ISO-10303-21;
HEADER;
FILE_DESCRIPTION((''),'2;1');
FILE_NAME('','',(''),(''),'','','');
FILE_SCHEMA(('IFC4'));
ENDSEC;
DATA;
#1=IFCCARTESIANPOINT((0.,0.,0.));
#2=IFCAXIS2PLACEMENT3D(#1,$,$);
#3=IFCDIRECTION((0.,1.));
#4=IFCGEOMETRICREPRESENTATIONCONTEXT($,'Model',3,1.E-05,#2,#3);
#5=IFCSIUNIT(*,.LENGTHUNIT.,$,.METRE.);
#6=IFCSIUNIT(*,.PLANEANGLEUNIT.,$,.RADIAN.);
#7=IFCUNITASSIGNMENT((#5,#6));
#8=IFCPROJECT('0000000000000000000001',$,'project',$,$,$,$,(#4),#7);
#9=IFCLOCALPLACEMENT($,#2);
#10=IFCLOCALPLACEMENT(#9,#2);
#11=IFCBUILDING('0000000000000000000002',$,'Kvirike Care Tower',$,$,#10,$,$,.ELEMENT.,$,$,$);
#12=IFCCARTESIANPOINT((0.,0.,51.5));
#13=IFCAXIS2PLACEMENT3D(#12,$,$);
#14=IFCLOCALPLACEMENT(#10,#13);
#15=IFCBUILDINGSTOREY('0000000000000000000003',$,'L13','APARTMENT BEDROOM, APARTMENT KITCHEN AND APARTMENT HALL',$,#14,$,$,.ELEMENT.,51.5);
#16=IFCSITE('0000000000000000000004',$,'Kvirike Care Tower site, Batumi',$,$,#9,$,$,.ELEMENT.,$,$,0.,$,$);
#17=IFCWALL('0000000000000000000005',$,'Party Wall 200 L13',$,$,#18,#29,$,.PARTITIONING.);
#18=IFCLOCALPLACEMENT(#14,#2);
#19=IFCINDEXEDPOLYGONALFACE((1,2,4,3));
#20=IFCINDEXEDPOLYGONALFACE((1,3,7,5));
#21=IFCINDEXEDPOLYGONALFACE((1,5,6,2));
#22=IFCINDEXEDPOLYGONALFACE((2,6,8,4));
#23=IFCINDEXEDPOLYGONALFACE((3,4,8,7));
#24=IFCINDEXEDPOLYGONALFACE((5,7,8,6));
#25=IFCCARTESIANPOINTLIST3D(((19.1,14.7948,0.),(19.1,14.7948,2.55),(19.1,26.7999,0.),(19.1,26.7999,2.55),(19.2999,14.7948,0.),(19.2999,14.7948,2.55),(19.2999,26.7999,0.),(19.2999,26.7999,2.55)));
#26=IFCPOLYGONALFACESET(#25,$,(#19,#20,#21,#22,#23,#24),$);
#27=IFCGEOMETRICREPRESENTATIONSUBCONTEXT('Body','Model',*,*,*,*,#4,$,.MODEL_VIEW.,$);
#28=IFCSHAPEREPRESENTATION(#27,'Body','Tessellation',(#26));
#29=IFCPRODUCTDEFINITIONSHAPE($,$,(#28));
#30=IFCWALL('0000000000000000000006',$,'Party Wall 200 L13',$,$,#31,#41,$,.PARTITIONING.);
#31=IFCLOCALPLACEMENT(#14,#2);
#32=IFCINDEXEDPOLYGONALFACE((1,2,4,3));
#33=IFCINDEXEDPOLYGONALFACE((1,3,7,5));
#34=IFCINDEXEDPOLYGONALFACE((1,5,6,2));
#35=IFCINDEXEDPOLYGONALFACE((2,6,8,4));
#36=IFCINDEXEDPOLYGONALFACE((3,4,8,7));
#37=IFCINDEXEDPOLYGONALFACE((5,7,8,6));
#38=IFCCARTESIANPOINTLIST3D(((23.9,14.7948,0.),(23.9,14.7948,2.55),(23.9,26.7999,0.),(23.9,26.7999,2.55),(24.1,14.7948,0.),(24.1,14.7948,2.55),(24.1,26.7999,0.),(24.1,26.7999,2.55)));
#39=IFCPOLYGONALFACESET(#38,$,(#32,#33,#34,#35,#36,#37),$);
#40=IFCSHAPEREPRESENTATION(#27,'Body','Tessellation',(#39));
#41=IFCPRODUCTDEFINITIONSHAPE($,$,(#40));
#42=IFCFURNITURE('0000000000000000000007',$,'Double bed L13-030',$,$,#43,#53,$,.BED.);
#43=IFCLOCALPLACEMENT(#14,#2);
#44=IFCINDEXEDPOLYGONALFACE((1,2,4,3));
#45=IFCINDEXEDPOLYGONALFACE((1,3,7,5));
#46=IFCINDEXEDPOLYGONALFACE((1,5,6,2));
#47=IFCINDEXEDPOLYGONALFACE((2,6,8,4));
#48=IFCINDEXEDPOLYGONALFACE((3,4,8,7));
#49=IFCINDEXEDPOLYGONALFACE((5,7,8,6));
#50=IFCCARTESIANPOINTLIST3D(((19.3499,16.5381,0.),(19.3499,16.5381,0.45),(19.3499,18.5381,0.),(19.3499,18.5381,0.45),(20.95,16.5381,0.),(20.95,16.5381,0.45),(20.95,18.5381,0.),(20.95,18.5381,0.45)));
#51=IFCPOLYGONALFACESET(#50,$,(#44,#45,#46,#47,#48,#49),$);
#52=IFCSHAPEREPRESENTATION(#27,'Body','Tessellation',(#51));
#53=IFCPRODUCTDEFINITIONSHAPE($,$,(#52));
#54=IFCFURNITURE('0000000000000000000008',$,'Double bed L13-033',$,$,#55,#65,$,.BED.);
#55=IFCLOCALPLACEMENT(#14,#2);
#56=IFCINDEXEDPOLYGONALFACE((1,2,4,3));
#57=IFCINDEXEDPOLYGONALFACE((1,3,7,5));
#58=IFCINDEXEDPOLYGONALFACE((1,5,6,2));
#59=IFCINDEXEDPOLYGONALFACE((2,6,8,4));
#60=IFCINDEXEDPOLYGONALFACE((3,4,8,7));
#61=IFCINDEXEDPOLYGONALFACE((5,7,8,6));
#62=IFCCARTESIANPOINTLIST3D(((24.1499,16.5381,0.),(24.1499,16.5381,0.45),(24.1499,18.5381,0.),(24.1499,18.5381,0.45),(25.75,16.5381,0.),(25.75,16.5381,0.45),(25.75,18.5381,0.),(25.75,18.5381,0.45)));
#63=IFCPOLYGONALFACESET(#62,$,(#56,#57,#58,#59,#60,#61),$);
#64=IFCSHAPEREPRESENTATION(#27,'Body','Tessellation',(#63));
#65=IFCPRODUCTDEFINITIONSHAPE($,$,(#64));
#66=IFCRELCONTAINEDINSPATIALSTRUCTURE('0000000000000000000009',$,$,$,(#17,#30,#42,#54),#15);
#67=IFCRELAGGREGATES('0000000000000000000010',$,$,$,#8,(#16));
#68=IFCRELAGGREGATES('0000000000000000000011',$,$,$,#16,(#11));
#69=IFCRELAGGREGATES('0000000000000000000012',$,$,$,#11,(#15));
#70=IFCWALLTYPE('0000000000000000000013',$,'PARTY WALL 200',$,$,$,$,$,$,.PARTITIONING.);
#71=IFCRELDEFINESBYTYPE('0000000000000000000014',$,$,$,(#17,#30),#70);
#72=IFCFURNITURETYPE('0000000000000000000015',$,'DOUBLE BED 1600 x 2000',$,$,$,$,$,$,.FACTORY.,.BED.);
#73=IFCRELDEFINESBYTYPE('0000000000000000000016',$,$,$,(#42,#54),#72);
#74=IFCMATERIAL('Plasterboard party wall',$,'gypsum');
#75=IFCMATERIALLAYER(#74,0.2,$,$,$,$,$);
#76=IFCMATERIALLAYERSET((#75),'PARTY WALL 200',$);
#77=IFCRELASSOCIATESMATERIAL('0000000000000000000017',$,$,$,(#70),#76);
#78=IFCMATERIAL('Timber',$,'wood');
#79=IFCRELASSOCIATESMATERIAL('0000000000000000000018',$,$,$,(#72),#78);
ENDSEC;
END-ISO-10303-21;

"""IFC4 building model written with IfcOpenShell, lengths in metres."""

from ifc_helpers import new_model, si_unit, direction, frame, frame_2d, origin, origin_2d, place, context, subcontext, project, spatial, rectangle, extrude, material, layer, layer_set, type_object, element, save


model = new_model("IFC4")

# Units and contexts
model_context = context("Model", 3, precision=1e-05, world=origin(), true_north=direction((0.0, 1.0)))
body_context = subcontext(model_context, "Body", "Model", "MODEL_VIEW")
ifc_project = project(units=[si_unit("LENGTHUNIT", "METRE"), si_unit("PLANEANGLEUNIT", "RADIAN")], contexts=[model_context])

# Site, building, storey
site_placement = place(None, origin())
site = spatial("IfcSite", under=ifc_project, at=site_placement, Name="Kvirike Care Tower site, Batumi", CompositionType="ELEMENT", RefElevation=0.0)
building_placement = place(site_placement, origin())
building = spatial("IfcBuilding", under=site, at=building_placement, Name="Kvirike Care Tower", CompositionType="ELEMENT")
storey_placement = place(building_placement, frame((0.0, 0.0, 51.5)))
storey = spatial("IfcBuildingStorey", under=building, at=storey_placement, Name="L13", Description="APARTMENT BEDROOM, APARTMENT KITCHEN AND APARTMENT HALL", CompositionType="ELEMENT", Elevation=51.5)

# Walls
ifc_material_1 = material(Name="Plasterboard party wall", Category="gypsum")
ifc_layer_1 = layer(ifc_material_1, 0.2)
ifc_layer_set_1 = layer_set([ifc_layer_1], Name="PARTY WALL 200")
wall_type_1 = type_object("IfcWallType", Name="PARTY WALL 200", PredefinedType="PARTITIONING", material=ifc_layer_set_1)
for number, where, z_axis, x_axis, name in (
    (1, (19.2, 14.7949, 0.0), (0.0, 0.0, 1.0), (0.0, 1.0, 0.0), "Party Wall 200 L13"),
    (2, (24.0, 14.7949, 0.0), (0.0, 0.0, 1.0), (0.0, 1.0, 0.0), "Party Wall 200 L13"),
):
    element("IfcWall", number, at=place(storey_placement, frame(where, z_axis=z_axis, x_axis=x_axis)), inside=storey, type_object=wall_type_1, Name=name, PredefinedType="PARTITIONING", context=body_context, shape_type="SweptSolid", body=[
        extrude(rectangle(XDim=12.0051, YDim=0.2, at=frame_2d((6.0024, 0.0))), origin(), (0.0, 0.0, 1.0), 2.55),
    ])

# Furniture
ifc_material_2 = material(Name="Timber", Category="wood")
furniture_type = type_object("IfcFurnitureType", Name="DOUBLE BED 1600 x 2000", AssemblyPlace="FACTORY", PredefinedType="BED", material=ifc_material_2)
for number, where, z_axis, x_axis, name in (
    (3, (20.1499, 17.5381, 0.0), (0.0, 0.0, 1.0), (1.0, 0.0, 0.0), "Double bed L13-030"),
    (4, (24.95, 17.5381, 0.0), (0.0, 0.0, 1.0), (1.0, 0.0, 0.0), "Double bed L13-033"),
):
    element("IfcFurniture", number, at=place(storey_placement, frame(where, z_axis=z_axis, x_axis=x_axis)), inside=storey, type_object=furniture_type, Name=name, PredefinedType="BED", context=body_context, shape_type="SweptSolid", body=[
        extrude(rectangle(XDim=1.6001, YDim=2.0, at=origin_2d()), origin(), (0.0, 0.0, 1.0), 0.45),
    ])

save(model, "model.ifc")
